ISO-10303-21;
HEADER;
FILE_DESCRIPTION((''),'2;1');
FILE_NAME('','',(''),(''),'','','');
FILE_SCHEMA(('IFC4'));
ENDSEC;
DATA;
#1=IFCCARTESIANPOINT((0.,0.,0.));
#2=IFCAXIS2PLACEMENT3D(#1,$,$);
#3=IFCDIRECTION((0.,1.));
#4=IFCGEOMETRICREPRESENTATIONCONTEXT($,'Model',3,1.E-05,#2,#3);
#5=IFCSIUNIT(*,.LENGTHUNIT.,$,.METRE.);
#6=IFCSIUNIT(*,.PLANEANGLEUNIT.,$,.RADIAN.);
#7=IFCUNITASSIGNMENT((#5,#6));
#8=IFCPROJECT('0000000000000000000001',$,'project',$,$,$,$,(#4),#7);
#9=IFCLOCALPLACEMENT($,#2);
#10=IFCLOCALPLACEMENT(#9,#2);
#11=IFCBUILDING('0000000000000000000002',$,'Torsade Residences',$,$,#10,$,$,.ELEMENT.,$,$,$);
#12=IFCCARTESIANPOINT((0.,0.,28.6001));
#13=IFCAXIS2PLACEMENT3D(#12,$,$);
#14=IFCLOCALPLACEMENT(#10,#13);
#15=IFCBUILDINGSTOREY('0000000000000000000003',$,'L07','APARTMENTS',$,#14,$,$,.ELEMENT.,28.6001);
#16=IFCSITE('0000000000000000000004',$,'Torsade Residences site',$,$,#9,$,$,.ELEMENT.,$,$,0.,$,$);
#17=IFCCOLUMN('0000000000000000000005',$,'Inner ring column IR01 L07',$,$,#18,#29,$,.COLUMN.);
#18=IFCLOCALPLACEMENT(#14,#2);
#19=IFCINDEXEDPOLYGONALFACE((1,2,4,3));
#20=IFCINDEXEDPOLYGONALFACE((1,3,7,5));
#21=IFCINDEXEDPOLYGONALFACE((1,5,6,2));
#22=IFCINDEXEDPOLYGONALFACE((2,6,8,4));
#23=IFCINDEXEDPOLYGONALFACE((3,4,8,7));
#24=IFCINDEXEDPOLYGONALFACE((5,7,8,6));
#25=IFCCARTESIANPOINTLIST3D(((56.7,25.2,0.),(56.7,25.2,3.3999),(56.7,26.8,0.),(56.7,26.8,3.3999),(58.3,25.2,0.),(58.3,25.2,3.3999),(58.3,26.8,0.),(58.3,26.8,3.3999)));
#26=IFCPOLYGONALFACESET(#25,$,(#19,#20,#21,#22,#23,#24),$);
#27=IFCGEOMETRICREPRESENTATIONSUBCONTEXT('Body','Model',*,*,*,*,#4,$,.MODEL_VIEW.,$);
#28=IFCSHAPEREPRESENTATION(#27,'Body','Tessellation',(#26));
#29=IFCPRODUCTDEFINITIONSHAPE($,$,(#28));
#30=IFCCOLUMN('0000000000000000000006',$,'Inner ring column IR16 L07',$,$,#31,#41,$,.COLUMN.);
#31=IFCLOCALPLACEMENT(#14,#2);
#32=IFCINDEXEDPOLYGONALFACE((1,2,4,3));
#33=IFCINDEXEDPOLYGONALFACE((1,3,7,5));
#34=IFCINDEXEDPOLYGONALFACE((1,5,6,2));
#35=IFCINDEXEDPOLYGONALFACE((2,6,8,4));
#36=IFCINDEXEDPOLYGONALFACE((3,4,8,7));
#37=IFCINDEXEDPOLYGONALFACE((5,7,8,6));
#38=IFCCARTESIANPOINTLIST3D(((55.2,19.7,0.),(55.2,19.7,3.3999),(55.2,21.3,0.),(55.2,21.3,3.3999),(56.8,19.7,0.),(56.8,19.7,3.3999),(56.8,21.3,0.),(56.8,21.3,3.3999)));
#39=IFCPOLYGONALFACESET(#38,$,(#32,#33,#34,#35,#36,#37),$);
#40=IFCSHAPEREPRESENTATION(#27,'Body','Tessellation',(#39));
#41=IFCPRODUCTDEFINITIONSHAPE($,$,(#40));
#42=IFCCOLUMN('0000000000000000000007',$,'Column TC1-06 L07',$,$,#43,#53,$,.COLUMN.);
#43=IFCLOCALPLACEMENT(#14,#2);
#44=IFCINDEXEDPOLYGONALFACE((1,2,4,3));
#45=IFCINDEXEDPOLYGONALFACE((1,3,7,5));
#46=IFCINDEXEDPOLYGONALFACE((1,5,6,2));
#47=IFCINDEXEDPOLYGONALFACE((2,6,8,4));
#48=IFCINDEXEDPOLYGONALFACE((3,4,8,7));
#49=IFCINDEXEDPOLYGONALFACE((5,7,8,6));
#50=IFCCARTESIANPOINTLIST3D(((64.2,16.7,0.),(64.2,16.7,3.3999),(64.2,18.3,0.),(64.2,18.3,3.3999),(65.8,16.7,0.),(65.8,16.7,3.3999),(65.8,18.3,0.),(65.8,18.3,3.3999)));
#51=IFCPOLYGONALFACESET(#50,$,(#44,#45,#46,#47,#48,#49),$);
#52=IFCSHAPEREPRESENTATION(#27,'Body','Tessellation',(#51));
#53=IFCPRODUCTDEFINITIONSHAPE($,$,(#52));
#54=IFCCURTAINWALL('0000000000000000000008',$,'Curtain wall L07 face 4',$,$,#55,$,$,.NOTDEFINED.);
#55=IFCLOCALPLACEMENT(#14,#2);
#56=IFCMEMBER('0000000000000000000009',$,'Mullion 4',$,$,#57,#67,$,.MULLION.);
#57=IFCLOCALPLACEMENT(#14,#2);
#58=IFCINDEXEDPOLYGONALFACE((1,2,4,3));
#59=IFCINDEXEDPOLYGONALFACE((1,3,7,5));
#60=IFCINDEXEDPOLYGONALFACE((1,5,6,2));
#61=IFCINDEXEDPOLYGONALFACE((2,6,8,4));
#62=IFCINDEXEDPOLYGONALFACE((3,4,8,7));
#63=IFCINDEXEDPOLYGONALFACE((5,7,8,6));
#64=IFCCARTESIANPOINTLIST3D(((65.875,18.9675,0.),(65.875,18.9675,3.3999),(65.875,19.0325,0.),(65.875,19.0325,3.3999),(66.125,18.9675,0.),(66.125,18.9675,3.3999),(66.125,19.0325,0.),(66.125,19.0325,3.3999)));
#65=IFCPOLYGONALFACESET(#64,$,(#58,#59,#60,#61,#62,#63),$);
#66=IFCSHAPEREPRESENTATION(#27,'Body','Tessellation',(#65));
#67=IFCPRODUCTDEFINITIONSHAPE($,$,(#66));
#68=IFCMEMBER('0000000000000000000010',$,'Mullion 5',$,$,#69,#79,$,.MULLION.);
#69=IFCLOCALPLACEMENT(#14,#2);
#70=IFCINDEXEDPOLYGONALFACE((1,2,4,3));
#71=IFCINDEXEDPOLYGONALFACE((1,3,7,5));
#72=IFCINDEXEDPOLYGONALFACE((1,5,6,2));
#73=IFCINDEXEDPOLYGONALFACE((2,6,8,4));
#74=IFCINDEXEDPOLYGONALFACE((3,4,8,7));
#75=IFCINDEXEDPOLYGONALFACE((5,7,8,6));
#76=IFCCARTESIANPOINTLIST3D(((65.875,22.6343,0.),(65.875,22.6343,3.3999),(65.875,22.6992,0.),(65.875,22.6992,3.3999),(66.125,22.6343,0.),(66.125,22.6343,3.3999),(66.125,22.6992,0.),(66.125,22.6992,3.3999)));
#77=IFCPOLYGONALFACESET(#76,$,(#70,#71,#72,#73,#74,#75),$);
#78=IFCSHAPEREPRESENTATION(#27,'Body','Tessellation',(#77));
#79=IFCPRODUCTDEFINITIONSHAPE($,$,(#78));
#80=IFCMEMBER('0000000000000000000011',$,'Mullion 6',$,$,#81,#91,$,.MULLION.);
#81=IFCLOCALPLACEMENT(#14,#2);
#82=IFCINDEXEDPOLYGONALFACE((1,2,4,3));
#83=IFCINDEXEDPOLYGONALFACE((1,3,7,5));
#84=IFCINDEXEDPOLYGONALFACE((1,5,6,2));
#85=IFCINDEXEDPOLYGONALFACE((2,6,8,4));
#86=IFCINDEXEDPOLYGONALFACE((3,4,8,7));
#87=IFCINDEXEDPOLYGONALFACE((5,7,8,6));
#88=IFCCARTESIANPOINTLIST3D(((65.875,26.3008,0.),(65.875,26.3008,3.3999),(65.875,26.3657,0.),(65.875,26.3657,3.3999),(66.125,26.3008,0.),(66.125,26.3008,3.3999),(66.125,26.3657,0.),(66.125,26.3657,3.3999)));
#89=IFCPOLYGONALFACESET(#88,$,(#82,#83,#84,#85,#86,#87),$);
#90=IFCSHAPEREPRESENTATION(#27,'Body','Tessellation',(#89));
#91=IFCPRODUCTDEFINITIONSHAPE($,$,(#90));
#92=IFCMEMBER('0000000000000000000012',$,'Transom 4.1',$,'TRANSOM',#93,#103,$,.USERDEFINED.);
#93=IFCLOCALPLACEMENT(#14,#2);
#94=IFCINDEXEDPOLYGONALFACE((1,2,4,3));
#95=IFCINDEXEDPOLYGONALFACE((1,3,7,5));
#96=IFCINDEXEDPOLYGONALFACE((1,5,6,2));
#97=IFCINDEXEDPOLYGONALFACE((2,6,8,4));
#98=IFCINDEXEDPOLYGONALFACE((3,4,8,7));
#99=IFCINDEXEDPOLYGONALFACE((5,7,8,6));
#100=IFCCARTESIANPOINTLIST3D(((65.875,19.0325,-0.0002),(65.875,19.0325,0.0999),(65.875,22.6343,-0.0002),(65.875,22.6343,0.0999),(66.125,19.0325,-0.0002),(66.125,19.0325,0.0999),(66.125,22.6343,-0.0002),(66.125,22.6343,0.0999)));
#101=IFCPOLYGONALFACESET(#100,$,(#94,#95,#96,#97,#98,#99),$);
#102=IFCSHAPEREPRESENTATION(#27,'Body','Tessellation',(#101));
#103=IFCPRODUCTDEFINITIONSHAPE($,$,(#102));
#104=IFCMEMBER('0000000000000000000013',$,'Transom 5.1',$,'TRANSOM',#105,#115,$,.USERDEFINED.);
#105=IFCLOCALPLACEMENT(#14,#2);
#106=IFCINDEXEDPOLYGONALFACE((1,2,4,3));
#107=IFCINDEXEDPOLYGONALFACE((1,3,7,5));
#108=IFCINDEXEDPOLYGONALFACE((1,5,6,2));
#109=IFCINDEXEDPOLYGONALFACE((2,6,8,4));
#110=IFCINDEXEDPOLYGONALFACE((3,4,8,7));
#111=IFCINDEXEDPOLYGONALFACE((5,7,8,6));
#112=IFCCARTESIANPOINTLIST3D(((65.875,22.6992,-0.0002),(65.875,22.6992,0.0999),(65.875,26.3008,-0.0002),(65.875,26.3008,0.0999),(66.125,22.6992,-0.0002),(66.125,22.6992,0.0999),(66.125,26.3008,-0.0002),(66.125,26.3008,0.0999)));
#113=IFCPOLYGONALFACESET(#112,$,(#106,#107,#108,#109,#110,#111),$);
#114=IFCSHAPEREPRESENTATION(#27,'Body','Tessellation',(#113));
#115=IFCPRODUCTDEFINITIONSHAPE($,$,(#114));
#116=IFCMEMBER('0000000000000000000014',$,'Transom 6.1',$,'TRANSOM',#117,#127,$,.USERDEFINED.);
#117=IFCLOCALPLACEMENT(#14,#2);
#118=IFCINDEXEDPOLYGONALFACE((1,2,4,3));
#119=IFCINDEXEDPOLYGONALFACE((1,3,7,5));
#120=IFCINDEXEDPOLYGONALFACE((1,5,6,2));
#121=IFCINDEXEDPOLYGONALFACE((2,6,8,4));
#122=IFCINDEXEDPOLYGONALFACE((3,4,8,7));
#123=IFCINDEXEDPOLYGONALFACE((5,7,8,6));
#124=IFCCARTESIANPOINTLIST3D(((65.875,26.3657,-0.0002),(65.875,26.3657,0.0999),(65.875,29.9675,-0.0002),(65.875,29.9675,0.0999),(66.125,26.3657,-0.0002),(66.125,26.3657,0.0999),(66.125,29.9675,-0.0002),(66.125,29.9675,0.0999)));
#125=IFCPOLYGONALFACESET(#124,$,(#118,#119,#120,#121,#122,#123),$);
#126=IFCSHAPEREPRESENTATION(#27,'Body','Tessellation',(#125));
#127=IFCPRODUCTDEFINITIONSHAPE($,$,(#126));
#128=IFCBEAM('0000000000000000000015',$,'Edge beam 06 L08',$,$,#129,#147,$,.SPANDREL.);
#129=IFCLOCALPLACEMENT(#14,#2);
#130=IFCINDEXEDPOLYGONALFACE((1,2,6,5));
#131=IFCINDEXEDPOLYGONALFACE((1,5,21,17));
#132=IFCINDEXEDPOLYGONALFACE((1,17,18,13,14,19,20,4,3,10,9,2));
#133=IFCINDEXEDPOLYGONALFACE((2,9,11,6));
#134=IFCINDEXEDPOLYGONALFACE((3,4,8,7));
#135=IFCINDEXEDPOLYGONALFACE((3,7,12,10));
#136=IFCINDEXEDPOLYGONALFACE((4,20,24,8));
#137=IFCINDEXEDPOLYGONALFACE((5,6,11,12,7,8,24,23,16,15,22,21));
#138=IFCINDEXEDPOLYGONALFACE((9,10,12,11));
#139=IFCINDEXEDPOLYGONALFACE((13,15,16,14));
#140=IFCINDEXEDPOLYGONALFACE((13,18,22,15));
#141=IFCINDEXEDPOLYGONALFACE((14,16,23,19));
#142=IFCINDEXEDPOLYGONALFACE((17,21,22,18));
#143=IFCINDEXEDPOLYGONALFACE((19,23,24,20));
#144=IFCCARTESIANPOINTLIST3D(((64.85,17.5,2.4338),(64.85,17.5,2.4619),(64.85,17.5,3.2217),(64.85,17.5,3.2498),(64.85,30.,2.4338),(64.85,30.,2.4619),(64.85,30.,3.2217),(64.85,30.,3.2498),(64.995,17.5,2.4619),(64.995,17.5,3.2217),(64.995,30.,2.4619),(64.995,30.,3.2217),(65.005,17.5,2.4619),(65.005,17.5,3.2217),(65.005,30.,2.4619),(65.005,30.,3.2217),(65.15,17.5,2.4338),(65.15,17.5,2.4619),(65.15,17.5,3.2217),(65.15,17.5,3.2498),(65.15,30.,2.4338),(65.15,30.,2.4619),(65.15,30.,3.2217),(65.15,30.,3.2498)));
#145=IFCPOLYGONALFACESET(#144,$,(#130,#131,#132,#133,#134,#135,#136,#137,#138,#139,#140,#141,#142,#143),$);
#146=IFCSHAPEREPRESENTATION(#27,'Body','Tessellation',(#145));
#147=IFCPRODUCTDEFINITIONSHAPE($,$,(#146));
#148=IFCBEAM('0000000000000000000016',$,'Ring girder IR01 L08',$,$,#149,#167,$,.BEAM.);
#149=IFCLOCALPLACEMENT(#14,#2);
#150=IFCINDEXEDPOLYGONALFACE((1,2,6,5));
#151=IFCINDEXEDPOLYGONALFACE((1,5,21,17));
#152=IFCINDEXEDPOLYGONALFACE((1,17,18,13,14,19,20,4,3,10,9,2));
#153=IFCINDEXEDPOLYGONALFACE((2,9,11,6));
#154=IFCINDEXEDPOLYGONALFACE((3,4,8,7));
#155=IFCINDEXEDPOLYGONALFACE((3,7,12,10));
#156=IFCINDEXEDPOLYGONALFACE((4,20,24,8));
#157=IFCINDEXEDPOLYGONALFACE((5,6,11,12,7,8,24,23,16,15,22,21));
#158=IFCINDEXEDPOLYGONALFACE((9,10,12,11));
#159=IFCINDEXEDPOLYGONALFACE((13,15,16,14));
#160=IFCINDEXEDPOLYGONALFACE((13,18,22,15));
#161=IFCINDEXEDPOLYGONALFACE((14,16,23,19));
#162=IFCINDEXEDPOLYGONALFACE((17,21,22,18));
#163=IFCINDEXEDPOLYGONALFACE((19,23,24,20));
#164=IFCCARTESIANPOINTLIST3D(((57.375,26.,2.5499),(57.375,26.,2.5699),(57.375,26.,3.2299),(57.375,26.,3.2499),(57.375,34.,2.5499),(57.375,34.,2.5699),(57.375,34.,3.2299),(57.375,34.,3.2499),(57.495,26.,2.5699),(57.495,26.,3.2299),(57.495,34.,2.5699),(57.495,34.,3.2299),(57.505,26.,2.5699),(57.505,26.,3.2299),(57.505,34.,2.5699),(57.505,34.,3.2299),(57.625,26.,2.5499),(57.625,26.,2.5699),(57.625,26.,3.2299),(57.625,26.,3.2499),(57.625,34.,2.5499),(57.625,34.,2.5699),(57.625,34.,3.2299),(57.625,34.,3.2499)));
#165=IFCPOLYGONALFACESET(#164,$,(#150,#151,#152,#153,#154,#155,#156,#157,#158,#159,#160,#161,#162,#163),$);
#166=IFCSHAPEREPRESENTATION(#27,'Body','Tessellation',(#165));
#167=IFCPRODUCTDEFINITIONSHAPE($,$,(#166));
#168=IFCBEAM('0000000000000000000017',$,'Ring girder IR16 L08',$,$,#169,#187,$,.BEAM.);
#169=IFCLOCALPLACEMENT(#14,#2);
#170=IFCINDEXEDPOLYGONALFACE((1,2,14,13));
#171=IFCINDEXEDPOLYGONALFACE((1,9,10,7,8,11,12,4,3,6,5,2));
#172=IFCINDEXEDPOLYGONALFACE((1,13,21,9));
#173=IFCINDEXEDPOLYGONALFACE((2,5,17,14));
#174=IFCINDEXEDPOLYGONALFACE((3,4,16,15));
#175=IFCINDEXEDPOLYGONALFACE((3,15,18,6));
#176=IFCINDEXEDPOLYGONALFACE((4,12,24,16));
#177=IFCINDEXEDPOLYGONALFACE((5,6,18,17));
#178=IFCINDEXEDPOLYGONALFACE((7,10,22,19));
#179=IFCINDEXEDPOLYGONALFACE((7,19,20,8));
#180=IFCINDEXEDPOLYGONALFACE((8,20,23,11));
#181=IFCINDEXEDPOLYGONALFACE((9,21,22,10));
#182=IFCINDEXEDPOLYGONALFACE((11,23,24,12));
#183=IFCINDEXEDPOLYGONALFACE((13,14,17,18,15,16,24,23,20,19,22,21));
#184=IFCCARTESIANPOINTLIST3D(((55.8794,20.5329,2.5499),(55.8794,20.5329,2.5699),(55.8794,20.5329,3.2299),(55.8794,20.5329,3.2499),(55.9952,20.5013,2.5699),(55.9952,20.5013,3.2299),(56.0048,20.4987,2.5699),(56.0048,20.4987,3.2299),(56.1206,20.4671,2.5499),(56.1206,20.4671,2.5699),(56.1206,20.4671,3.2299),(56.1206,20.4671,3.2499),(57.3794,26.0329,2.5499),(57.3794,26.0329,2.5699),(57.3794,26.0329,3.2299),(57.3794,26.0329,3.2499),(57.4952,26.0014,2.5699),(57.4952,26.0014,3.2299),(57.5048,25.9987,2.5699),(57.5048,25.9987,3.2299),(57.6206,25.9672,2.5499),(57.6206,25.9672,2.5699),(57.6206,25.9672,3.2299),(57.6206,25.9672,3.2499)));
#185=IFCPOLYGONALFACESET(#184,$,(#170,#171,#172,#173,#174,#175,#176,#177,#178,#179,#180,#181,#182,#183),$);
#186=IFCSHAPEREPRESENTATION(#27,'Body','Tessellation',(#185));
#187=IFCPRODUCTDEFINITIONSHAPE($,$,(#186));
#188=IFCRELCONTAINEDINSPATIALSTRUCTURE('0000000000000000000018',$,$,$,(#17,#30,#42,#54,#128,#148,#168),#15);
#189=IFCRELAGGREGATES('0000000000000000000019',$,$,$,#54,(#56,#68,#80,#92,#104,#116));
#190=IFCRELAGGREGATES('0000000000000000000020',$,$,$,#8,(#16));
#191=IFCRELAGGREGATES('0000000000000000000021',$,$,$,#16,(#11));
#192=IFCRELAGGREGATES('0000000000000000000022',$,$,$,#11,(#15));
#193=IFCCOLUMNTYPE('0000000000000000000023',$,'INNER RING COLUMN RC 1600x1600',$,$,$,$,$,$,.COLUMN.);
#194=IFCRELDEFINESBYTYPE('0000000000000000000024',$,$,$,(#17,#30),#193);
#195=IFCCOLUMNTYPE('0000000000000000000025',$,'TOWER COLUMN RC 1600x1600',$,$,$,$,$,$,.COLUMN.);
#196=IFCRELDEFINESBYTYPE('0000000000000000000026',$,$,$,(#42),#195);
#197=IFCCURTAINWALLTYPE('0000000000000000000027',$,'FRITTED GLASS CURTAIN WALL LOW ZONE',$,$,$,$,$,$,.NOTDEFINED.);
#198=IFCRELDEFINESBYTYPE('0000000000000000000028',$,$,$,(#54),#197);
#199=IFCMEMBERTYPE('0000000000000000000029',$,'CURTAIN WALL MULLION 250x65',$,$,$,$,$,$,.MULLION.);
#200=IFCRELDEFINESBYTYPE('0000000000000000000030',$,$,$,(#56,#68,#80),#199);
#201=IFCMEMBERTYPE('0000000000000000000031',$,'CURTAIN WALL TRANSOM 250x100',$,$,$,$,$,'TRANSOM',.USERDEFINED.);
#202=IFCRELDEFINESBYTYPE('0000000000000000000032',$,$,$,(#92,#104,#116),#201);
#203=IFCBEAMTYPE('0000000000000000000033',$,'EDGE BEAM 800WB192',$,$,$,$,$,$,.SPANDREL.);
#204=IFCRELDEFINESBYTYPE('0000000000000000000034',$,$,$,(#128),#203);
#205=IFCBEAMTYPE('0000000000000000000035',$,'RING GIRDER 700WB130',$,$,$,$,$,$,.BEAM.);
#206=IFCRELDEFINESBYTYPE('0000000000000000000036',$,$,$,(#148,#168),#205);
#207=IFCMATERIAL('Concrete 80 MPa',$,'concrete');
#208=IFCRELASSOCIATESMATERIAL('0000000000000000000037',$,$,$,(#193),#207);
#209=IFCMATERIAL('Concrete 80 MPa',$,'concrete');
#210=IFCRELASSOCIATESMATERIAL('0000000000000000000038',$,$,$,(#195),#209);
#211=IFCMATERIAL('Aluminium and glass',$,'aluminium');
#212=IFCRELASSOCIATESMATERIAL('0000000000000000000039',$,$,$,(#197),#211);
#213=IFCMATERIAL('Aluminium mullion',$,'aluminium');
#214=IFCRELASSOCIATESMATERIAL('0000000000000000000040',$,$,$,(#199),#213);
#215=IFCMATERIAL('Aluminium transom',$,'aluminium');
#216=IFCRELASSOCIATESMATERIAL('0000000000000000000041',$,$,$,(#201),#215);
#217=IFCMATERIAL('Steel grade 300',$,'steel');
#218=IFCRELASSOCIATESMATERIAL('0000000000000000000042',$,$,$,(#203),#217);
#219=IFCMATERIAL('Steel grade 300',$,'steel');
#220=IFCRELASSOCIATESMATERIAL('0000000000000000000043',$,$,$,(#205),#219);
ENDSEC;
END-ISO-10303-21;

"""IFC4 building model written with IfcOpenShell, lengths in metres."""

from ifc_helpers import new_model, si_unit, direction, frame, origin, origin_2d, place, context, subcontext, project, spatial, rectangle, i_section, extrude, material, material_profile, profile_set, type_object, element, aggregate, save


model = new_model("IFC4")

# Units and contexts
model_context = context("Model", 3, precision=1e-05, world=origin(), true_north=direction((0.0, 1.0)))
body_context = subcontext(model_context, "Body", "Model", "MODEL_VIEW")
ifc_project = project(units=[si_unit("LENGTHUNIT", "METRE"), si_unit("PLANEANGLEUNIT", "RADIAN")], contexts=[model_context])

# Site, building, storey
site_placement = place(None, origin())
site = spatial("IfcSite", under=ifc_project, at=site_placement, Name="Torsade Residences site", CompositionType="ELEMENT", RefElevation=0.0)
building_placement = place(site_placement, origin())
building = spatial("IfcBuilding", under=site, at=building_placement, Name="Torsade Residences", CompositionType="ELEMENT")
storey_placement = place(building_placement, frame((0.0, 0.0, 28.6001)))
storey = spatial("IfcBuildingStorey", under=building, at=storey_placement, Name="L07", Description="APARTMENTS", CompositionType="ELEMENT", Elevation=28.6001)

# Columns
ifc_material_1 = material(Name="Concrete 80 MPa", Category="concrete")
ifc_material_profile_1 = material_profile(ifc_material_1, rectangle(XDim=1.6001, YDim=1.6001, at=origin_2d()), Name="RC 1600x1600")
ifc_profile_set_1 = profile_set([ifc_material_profile_1], Name="Concrete 80 MPa")
column_type_1 = type_object("IfcColumnType", Name="INNER RING COLUMN RC 1600x1600", PredefinedType="COLUMN", material=ifc_profile_set_1)
for number, where, z_axis, x_axis, name in (
    (1, (57.5, 26.0, 0.0), (0.0, 0.0, 1.0), (1.0, 0.0, 0.0), "Inner ring column IR01 L07"),
    (2, (56.0, 20.5, 0.0), (0.0, 0.0, 1.0), (1.0, 0.0, 0.0), "Inner ring column IR16 L07"),
):
    element("IfcColumn", number, at=place(storey_placement, frame(where, z_axis=z_axis, x_axis=x_axis)), inside=storey, type_object=column_type_1, Name=name, PredefinedType="COLUMN", context=body_context, shape_type="SweptSolid", body=[
        extrude(rectangle(XDim=1.6001, YDim=1.6001, at=origin_2d()), origin(), (0.0, 0.0, 1.0), 3.3999),
    ])
ifc_material_2 = material(Name="Concrete 80 MPa", Category="concrete")
ifc_material_profile_2 = material_profile(ifc_material_2, rectangle(XDim=1.6001, YDim=1.6001, at=origin_2d()), Name="RC 1600x1600")
ifc_profile_set_2 = profile_set([ifc_material_profile_2], Name="Concrete 80 MPa")
column_type_2 = type_object("IfcColumnType", Name="TOWER COLUMN RC 1600x1600", PredefinedType="COLUMN", material=ifc_profile_set_2)
column_placement = place(storey_placement, frame((65.0, 17.5, 0.0), z_axis=(0.0, 0.0, 1.0), x_axis=(1.0, 0.0, 0.0)))
element("IfcColumn", 3, at=column_placement, inside=storey, type_object=column_type_2, Name="Column TC1-06 L07", PredefinedType="COLUMN", context=body_context, shape_type="SweptSolid", body=[
    extrude(rectangle(XDim=1.6001, YDim=1.6001, at=origin_2d()), origin(), (0.0, 0.0, 1.0), 3.3999),
])

# Curtain wall, members
ifc_material_3 = material(Name="Aluminium and glass", Category="aluminium")
curtain_wall_type = type_object("IfcCurtainWallType", Name="FRITTED GLASS CURTAIN WALL LOW ZONE", PredefinedType="NOTDEFINED", material=ifc_material_3)
curtain_wall_placement = place(storey_placement, origin())
curtain_wall = element("IfcCurtainWall", 4, at=curtain_wall_placement, inside=storey, type_object=curtain_wall_type, Name="Curtain wall L07 face 4", PredefinedType="NOTDEFINED")
ifc_material_4 = material(Name="Aluminium mullion", Category="aluminium")
ifc_material_profile_3 = material_profile(ifc_material_4, rectangle(XDim=0.25, YDim=0.0649, at=origin_2d()), Name="CURTAIN WALL MULLION 250x65")
ifc_profile_set_3 = profile_set([ifc_material_profile_3], Name="Aluminium mullion")
member_type_1 = type_object("IfcMemberType", Name="CURTAIN WALL MULLION 250x65", PredefinedType="MULLION", material=ifc_profile_set_3)
member_1_placement = place(storey_placement, frame((66.0, 19.0, 0.0), z_axis=(0.0, 0.0, 1.0), x_axis=(-1.0, 0.0, 0.0)))
member_1 = element("IfcMember", 5, at=member_1_placement, type_object=member_type_1, Name="Mullion 4", PredefinedType="MULLION", context=body_context, shape_type="SweptSolid", body=[
    extrude(rectangle(XDim=0.25, YDim=0.0649, at=origin_2d()), origin(), (0.0, 0.0, 1.0), 3.3999),
])
member_2_placement = place(storey_placement, frame((66.0, 22.6667, 0.0), z_axis=(0.0, 0.0, 1.0), x_axis=(-1.0, 0.0, 0.0)))
member_2 = element("IfcMember", 6, at=member_2_placement, type_object=member_type_1, Name="Mullion 5", PredefinedType="MULLION", context=body_context, shape_type="SweptSolid", body=[
    extrude(rectangle(XDim=0.25, YDim=0.0649, at=origin_2d()), origin(), (0.0, 0.0, 1.0), 3.3999),
])
member_3_placement = place(storey_placement, frame((66.0, 26.3333, 0.0), z_axis=(0.0, 0.0, 1.0), x_axis=(-1.0, 0.0, 0.0)))
member_3 = element("IfcMember", 7, at=member_3_placement, type_object=member_type_1, Name="Mullion 6", PredefinedType="MULLION", context=body_context, shape_type="SweptSolid", body=[
    extrude(rectangle(XDim=0.25, YDim=0.0649, at=origin_2d()), origin(), (0.0, 0.0, 1.0), 3.3999),
])
ifc_material_5 = material(Name="Aluminium transom", Category="aluminium")
ifc_material_profile_4 = material_profile(ifc_material_5, rectangle(XDim=0.25, YDim=0.1001, at=origin_2d()), Name="CURTAIN WALL TRANSOM 250x100")
ifc_profile_set_4 = profile_set([ifc_material_profile_4], Name="Aluminium transom")
member_type_2 = type_object("IfcMemberType", Name="CURTAIN WALL TRANSOM 250x100", ElementType="TRANSOM", PredefinedType="USERDEFINED", material=ifc_profile_set_4)
member_4_placement = place(storey_placement, frame((66.0, 19.0325, 0.0498), z_axis=(0.0, 1.0, 0.0), x_axis=(-1.0, 0.0, 0.0)))
member_4 = element("IfcMember", 8, at=member_4_placement, type_object=member_type_2, Name="Transom 4.1", ObjectType="TRANSOM", PredefinedType="USERDEFINED", context=body_context, shape_type="SweptSolid", body=[
    extrude(rectangle(XDim=0.25, YDim=0.1001, at=origin_2d()), origin(), (0.0, 0.0, 1.0), 3.6018),
])
member_5_placement = place(storey_placement, frame((66.0, 22.6992, 0.0498), z_axis=(0.0, 1.0, 0.0), x_axis=(-1.0, 0.0, 0.0)))
member_5 = element("IfcMember", 9, at=member_5_placement, type_object=member_type_2, Name="Transom 5.1", ObjectType="TRANSOM", PredefinedType="USERDEFINED", context=body_context, shape_type="SweptSolid", body=[
    extrude(rectangle(XDim=0.25, YDim=0.1001, at=origin_2d()), origin(), (0.0, 0.0, 1.0), 3.6016),
])
member_6_placement = place(storey_placement, frame((66.0, 26.3657, 0.0498), z_axis=(0.0, 1.0, 0.0), x_axis=(-1.0, 0.0, 0.0)))
member_6 = element("IfcMember", 10, at=member_6_placement, type_object=member_type_2, Name="Transom 6.1", ObjectType="TRANSOM", PredefinedType="USERDEFINED", context=body_context, shape_type="SweptSolid", body=[
    extrude(rectangle(XDim=0.25, YDim=0.1001, at=origin_2d()), origin(), (0.0, 0.0, 1.0), 3.6018),
])

# Beams
ifc_material_6 = material(Name="Steel grade 300", Category="steel")
ifc_material_profile_5 = material_profile(ifc_material_6, i_section(OverallWidth=0.3, OverallDepth=0.8159, WebThickness=0.01, FlangeThickness=0.0281, at=origin_2d()), Name="800WB192")
ifc_profile_set_5 = profile_set([ifc_material_profile_5], Name="Steel grade 300")
beam_type_1 = type_object("IfcBeamType", Name="EDGE BEAM 800WB192", PredefinedType="SPANDREL", material=ifc_profile_set_5)
beam_1_placement = place(storey_placement, frame((65.0, 17.5, 2.8418), z_axis=(0.0, 1.0, 0.0), x_axis=(-1.0, 0.0, 0.0)))
element("IfcBeam", 11, at=beam_1_placement, inside=storey, type_object=beam_type_1, Name="Edge beam 06 L08", PredefinedType="SPANDREL", context=body_context, shape_type="SweptSolid", body=[
    extrude(i_section(OverallWidth=0.3, OverallDepth=0.8159, WebThickness=0.01, FlangeThickness=0.0281, at=origin_2d()), origin(), (0.0, 0.0, 1.0), 12.5),
])
ifc_material_7 = material(Name="Steel grade 300", Category="steel")
ifc_material_profile_6 = material_profile(ifc_material_7, i_section(OverallWidth=0.25, OverallDepth=0.7, WebThickness=0.01, FlangeThickness=0.02, at=origin_2d()), Name="700WB130")
ifc_profile_set_6 = profile_set([ifc_material_profile_6], Name="Steel grade 300")
beam_type_2 = type_object("IfcBeamType", Name="RING GIRDER 700WB130", PredefinedType="BEAM", material=ifc_profile_set_6)
beam_2_placement = place(storey_placement, frame((57.5, 26.0, 2.8999), z_axis=(0.0, 1.0, 0.0), x_axis=(-1.0, 0.0, 0.0)))
element("IfcBeam", 12, at=beam_2_placement, inside=storey, type_object=beam_type_2, Name="Ring girder IR01 L08", PredefinedType="BEAM", context=body_context, shape_type="SweptSolid", body=[
    extrude(i_section(OverallWidth=0.25, OverallDepth=0.7, WebThickness=0.01, FlangeThickness=0.02, at=origin_2d()), origin(), (0.0, 0.0, 1.0), 8.0),
])
beam_3_placement = place(storey_placement, frame((56.0, 20.5, 2.8999), z_axis=(0.263117, 0.964764, 0.0), x_axis=(-0.964764, 0.263117, 0.0)))
element("IfcBeam", 13, at=beam_3_placement, inside=storey, type_object=beam_type_2, Name="Ring girder IR16 L08", PredefinedType="BEAM", context=body_context, shape_type="SweptSolid", body=[
    extrude(i_section(OverallWidth=0.25, OverallDepth=0.7, WebThickness=0.01, FlangeThickness=0.02, at=origin_2d()), origin(), (0.0, 0.0, 1.0), 5.7009),
])

aggregate(curtain_wall, [member_1, member_2, member_3, member_4, member_5, member_6])

save(model, "model.ifc")
